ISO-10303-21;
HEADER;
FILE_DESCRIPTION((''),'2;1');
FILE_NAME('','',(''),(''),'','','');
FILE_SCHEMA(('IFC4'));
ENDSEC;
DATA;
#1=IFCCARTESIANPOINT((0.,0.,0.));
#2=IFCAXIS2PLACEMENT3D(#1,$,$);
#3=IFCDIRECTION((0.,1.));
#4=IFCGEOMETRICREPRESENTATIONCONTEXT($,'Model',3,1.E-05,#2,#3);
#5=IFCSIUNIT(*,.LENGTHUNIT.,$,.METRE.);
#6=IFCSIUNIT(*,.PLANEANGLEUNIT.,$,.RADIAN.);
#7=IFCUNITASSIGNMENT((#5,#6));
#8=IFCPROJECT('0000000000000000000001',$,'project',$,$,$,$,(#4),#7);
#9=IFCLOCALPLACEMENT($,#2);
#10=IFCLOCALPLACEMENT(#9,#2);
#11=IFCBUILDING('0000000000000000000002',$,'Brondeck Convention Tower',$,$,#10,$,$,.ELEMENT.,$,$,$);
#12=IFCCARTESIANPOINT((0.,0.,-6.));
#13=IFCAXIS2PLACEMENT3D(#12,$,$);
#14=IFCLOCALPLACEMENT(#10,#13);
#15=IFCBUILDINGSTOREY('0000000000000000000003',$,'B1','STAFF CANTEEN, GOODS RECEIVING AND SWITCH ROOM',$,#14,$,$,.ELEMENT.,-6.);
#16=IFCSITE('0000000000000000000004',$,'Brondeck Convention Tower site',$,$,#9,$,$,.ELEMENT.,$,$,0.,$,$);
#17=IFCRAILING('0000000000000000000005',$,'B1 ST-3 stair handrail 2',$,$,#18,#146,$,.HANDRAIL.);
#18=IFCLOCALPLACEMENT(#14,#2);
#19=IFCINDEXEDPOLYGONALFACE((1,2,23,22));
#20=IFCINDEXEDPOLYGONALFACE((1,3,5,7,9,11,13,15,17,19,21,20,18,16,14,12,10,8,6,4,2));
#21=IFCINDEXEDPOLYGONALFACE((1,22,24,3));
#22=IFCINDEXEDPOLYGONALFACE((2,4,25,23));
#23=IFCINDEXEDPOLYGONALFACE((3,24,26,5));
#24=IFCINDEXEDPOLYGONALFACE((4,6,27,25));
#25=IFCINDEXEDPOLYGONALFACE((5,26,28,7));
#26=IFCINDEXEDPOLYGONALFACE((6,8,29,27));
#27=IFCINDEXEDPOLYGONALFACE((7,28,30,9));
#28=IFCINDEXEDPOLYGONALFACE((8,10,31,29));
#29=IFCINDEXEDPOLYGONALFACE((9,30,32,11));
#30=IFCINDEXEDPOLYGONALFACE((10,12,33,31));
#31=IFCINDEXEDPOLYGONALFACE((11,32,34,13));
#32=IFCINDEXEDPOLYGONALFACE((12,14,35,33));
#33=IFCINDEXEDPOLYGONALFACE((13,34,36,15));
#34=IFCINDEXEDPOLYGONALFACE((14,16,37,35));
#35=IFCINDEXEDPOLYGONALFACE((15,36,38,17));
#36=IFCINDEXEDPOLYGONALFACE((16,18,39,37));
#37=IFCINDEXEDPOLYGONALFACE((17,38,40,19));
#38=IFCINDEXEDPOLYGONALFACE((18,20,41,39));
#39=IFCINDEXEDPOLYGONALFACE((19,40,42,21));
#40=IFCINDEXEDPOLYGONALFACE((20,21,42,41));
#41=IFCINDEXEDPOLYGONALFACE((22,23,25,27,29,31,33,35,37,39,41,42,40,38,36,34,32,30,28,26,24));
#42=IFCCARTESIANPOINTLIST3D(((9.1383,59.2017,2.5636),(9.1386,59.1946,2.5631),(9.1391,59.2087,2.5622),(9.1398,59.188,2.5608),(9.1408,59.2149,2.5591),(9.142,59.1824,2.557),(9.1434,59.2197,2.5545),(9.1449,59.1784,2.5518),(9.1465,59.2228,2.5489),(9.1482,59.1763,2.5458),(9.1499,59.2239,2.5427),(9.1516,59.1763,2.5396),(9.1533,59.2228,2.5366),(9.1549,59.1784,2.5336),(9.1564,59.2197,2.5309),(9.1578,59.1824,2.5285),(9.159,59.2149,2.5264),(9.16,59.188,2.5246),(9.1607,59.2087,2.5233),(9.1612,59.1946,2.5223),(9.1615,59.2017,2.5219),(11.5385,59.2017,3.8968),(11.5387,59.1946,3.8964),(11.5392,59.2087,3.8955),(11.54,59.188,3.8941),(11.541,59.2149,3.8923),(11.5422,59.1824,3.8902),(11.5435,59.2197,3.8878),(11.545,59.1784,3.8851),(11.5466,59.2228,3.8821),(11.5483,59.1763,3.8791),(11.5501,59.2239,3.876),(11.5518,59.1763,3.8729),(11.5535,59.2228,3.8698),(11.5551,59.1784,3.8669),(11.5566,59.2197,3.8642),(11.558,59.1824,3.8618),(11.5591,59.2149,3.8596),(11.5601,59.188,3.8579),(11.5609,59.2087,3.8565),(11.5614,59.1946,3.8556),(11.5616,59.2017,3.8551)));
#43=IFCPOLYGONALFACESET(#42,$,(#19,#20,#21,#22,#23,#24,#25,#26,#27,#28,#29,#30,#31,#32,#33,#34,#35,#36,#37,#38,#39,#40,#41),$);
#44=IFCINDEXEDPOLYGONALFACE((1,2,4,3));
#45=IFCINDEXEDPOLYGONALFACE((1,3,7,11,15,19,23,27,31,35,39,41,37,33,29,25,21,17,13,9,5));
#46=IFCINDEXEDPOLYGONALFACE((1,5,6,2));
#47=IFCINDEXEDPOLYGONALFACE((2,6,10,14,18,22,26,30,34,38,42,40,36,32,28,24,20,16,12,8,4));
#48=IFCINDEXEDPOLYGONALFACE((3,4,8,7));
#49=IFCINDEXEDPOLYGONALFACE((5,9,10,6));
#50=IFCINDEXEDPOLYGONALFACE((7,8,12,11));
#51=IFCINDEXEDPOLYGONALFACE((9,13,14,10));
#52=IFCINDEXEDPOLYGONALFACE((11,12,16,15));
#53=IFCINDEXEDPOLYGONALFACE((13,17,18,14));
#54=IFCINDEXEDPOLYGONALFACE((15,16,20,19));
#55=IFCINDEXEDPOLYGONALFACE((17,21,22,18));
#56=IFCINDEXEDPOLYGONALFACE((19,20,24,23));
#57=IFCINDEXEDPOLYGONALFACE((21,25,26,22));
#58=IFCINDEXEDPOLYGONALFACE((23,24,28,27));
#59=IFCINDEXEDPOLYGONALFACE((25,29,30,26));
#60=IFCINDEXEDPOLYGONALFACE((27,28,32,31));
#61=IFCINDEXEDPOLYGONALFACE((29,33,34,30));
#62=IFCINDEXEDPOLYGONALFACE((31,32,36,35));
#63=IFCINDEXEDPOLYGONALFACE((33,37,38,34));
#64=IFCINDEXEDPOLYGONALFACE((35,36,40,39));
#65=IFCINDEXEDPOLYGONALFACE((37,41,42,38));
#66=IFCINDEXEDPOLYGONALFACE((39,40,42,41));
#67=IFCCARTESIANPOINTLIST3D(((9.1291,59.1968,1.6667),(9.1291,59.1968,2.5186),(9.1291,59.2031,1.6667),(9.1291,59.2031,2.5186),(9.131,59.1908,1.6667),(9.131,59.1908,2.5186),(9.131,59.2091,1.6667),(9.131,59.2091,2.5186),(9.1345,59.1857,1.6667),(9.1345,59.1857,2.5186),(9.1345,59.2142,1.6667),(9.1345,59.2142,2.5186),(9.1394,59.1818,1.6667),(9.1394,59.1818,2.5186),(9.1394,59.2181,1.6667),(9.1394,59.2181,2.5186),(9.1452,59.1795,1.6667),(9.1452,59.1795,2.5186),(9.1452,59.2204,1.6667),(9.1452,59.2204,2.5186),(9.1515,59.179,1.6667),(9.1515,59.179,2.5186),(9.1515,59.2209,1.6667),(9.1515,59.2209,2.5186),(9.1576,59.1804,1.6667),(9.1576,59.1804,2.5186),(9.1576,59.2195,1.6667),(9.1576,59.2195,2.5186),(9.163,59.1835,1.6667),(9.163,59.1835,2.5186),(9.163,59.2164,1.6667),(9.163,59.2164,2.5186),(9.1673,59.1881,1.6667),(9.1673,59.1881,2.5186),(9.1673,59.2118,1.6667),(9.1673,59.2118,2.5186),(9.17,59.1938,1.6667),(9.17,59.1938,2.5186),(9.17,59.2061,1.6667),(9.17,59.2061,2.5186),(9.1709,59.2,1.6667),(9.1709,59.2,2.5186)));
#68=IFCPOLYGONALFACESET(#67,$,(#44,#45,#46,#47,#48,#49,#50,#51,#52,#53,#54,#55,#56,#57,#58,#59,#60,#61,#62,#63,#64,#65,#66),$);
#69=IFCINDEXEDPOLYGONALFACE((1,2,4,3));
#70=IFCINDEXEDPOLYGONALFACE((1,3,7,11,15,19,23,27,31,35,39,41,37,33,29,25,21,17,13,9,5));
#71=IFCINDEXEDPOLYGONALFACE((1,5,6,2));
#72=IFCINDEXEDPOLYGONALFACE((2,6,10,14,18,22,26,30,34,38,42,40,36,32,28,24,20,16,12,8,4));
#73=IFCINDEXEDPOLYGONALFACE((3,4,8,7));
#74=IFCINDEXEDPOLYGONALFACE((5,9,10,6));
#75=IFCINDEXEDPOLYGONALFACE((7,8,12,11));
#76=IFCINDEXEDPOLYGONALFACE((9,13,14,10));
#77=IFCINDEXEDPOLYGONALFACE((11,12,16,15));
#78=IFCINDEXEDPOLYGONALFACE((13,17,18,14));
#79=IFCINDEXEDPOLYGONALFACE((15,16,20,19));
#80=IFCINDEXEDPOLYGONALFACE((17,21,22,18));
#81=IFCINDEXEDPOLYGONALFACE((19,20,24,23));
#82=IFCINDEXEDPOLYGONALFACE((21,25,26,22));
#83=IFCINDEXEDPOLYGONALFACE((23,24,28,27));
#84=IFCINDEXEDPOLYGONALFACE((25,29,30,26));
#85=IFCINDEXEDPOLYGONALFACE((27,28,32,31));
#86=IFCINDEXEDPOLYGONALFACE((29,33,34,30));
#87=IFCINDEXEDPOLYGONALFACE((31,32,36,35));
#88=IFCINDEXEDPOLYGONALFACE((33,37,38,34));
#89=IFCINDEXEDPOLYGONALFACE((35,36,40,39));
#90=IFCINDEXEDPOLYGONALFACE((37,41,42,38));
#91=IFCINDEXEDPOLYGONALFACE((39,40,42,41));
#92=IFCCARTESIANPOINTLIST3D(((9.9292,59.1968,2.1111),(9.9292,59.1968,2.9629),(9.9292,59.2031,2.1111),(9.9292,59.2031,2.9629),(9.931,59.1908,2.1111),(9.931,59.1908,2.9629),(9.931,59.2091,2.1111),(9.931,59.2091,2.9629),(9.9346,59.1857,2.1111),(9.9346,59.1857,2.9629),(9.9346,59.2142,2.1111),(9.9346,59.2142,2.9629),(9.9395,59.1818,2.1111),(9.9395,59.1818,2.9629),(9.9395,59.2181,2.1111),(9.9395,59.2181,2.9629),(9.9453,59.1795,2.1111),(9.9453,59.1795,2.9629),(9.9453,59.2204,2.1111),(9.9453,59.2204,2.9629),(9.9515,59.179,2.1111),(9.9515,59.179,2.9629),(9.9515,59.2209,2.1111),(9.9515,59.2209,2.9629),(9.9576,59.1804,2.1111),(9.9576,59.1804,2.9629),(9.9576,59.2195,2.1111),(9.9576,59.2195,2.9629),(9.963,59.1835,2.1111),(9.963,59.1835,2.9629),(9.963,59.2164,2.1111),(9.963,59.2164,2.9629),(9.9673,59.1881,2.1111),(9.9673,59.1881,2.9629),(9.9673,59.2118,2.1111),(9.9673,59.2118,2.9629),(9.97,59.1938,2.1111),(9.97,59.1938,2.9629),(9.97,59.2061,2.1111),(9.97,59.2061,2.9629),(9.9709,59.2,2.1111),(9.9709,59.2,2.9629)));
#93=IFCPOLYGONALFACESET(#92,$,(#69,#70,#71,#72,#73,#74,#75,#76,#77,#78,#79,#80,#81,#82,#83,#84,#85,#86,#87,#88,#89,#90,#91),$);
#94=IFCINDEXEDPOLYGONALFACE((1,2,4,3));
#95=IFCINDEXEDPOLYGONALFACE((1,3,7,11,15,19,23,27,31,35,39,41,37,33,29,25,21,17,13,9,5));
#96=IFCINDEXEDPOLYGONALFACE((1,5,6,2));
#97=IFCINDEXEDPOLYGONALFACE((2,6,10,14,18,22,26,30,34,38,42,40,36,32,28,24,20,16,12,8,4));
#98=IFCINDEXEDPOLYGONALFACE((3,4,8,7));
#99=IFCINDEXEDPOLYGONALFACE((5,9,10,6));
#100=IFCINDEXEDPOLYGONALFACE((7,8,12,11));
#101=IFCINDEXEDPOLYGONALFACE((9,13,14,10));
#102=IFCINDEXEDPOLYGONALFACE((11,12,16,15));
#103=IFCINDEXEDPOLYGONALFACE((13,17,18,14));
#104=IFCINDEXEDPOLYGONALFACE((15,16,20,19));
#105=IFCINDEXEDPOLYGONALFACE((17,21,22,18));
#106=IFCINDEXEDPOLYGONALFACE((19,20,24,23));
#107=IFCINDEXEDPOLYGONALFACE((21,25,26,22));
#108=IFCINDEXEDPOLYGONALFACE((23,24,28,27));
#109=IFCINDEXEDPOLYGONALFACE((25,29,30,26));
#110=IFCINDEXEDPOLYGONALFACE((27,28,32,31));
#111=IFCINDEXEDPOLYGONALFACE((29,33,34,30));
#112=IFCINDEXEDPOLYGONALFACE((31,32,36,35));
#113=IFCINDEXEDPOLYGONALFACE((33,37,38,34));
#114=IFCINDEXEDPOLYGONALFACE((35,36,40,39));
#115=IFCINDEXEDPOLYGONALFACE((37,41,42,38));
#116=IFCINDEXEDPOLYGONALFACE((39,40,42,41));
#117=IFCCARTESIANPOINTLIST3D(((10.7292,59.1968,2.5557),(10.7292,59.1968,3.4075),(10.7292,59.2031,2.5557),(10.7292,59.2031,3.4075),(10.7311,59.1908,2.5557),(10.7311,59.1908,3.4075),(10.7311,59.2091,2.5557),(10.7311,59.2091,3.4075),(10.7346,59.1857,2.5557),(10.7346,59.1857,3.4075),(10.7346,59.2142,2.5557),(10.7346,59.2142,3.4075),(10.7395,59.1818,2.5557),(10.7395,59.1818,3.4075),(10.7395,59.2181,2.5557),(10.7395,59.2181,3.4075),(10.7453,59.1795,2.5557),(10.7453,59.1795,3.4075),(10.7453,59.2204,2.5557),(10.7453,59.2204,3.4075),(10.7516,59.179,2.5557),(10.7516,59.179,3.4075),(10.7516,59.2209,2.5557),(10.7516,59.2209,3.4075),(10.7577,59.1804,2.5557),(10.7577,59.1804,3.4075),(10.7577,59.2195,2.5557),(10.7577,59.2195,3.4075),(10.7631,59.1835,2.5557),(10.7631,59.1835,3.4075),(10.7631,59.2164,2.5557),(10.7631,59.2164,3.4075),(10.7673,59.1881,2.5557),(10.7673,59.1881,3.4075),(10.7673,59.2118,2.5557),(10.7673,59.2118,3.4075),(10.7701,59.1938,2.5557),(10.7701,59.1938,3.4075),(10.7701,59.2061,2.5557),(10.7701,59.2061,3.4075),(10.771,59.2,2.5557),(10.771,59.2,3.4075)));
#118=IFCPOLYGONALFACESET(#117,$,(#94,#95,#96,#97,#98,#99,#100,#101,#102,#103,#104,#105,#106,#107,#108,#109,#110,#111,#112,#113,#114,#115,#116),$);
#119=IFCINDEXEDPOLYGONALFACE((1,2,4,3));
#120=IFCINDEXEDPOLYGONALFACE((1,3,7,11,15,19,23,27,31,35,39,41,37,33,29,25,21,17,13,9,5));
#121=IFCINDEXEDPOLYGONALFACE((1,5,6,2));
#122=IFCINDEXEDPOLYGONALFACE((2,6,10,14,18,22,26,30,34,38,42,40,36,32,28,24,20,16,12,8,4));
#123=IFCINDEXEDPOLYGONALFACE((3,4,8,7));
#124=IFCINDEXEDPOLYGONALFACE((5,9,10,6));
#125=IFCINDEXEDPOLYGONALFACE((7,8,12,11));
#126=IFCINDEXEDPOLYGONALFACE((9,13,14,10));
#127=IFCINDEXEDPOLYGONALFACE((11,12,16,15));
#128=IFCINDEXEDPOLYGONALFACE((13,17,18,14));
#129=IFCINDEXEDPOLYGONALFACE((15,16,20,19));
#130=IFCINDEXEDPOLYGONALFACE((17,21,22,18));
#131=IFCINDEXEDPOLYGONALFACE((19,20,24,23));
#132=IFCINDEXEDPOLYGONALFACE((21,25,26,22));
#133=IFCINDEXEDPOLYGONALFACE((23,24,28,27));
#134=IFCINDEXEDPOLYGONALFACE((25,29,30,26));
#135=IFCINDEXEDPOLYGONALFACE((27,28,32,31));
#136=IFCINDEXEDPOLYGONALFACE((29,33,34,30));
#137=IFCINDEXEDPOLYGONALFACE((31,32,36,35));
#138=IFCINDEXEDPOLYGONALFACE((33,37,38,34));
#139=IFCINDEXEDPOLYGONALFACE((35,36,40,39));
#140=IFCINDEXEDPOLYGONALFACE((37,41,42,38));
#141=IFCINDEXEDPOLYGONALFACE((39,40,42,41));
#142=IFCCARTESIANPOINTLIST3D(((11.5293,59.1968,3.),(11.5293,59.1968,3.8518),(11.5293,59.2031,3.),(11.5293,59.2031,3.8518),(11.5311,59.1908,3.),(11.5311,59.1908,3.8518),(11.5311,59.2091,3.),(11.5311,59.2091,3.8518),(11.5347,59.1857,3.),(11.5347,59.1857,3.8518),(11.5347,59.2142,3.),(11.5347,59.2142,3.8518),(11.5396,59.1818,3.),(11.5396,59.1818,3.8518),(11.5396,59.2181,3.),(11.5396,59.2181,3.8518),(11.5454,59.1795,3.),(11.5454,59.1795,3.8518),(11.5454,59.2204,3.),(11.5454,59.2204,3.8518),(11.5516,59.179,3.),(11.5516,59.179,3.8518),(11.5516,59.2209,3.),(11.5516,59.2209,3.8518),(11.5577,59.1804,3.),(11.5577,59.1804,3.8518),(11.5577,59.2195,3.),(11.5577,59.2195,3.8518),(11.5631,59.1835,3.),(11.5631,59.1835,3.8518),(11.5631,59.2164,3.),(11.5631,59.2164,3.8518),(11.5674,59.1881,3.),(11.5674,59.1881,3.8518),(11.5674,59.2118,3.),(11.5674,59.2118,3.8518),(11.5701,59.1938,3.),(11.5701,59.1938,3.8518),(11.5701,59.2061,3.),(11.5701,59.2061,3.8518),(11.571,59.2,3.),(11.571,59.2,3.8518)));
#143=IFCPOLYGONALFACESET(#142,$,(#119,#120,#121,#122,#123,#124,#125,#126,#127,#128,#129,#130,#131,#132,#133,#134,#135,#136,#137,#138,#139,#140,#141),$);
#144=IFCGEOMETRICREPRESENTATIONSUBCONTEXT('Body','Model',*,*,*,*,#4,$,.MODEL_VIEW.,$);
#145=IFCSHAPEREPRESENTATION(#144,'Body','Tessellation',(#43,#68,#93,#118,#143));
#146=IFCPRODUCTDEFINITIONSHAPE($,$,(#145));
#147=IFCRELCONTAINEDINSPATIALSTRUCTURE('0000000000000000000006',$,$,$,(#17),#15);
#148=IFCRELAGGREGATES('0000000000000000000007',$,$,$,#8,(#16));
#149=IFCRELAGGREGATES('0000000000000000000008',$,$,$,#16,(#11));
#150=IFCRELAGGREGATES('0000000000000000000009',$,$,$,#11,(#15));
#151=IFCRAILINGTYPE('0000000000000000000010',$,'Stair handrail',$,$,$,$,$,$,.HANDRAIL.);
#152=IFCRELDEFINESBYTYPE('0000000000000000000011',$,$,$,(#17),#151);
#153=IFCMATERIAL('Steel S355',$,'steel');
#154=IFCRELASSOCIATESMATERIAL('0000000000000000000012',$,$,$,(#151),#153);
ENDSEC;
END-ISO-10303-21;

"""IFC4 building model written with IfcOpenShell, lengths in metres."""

from ifc_helpers import new_model, si_unit, direction, frame, origin, origin_2d, place, context, subcontext, project, spatial, circle, extrude, material, type_object, element, save


model = new_model("IFC4")

# Units and contexts
model_context = context("Model", 3, precision=1e-05, world=origin(), true_north=direction((0.0, 1.0)))
body_context = subcontext(model_context, "Body", "Model", "MODEL_VIEW")
ifc_project = project(units=[si_unit("LENGTHUNIT", "METRE"), si_unit("PLANEANGLEUNIT", "RADIAN")], contexts=[model_context])

# Site, building, storey
site_placement = place(None, origin())
site = spatial("IfcSite", under=ifc_project, at=site_placement, Name="Brondeck Convention Tower site", CompositionType="ELEMENT", RefElevation=0.0)
building_placement = place(site_placement, origin())
building = spatial("IfcBuilding", under=site, at=building_placement, Name="Brondeck Convention Tower", CompositionType="ELEMENT")
storey_placement = place(building_placement, frame((0.0, 0.0, -6.0)))
storey = spatial("IfcBuildingStorey", under=building, at=storey_placement, Name="B1", Description="STAFF CANTEEN, GOODS RECEIVING AND SWITCH ROOM", CompositionType="ELEMENT", Elevation=-6.0)

# Shared definitions
ifc_material_1 = material(Name="Steel S355", Category="steel")

# Railing
railing_type_1 = type_object("IfcRailingType", Name="Stair handrail", PredefinedType="HANDRAIL", material=ifc_material_1)
railing_1_placement = place(storey_placement, frame((9.1499, 59.2, 1.6667)))
element("IfcRailing", 1, at=railing_1_placement, inside=storey, type_object=railing_type_1, Name="B1 ST-3 stair handrail 2", PredefinedType="HANDRAIL", context=body_context, shape_type="SweptSolid", body=[
    extrude(circle(Radius=0.0239, at=origin_2d()), frame((0.0, 0.0, 0.876), z_axis=(0.874182, 0.0, 0.485598), x_axis=(0.0, 1.0, 0.0)), (0.0, 0.0, 1.0), 2.7456),
    extrude(circle(Radius=0.021, at=origin_2d()), origin(), (0.0, 0.0, 1.0), 0.8518),
    extrude(circle(Radius=0.021, at=origin_2d()), frame((0.8, 0.0, 0.4443)), (0.0, 0.0, 1.0), 0.8518),
    extrude(circle(Radius=0.021, at=origin_2d()), frame((1.6001, 0.0, 0.8889)), (0.0, 0.0, 1.0), 0.8518),
    extrude(circle(Radius=0.021, at=origin_2d()), frame((2.4001, 0.0, 1.3333)), (0.0, 0.0, 1.0), 0.8518),
])

save(model, "model.ifc")
